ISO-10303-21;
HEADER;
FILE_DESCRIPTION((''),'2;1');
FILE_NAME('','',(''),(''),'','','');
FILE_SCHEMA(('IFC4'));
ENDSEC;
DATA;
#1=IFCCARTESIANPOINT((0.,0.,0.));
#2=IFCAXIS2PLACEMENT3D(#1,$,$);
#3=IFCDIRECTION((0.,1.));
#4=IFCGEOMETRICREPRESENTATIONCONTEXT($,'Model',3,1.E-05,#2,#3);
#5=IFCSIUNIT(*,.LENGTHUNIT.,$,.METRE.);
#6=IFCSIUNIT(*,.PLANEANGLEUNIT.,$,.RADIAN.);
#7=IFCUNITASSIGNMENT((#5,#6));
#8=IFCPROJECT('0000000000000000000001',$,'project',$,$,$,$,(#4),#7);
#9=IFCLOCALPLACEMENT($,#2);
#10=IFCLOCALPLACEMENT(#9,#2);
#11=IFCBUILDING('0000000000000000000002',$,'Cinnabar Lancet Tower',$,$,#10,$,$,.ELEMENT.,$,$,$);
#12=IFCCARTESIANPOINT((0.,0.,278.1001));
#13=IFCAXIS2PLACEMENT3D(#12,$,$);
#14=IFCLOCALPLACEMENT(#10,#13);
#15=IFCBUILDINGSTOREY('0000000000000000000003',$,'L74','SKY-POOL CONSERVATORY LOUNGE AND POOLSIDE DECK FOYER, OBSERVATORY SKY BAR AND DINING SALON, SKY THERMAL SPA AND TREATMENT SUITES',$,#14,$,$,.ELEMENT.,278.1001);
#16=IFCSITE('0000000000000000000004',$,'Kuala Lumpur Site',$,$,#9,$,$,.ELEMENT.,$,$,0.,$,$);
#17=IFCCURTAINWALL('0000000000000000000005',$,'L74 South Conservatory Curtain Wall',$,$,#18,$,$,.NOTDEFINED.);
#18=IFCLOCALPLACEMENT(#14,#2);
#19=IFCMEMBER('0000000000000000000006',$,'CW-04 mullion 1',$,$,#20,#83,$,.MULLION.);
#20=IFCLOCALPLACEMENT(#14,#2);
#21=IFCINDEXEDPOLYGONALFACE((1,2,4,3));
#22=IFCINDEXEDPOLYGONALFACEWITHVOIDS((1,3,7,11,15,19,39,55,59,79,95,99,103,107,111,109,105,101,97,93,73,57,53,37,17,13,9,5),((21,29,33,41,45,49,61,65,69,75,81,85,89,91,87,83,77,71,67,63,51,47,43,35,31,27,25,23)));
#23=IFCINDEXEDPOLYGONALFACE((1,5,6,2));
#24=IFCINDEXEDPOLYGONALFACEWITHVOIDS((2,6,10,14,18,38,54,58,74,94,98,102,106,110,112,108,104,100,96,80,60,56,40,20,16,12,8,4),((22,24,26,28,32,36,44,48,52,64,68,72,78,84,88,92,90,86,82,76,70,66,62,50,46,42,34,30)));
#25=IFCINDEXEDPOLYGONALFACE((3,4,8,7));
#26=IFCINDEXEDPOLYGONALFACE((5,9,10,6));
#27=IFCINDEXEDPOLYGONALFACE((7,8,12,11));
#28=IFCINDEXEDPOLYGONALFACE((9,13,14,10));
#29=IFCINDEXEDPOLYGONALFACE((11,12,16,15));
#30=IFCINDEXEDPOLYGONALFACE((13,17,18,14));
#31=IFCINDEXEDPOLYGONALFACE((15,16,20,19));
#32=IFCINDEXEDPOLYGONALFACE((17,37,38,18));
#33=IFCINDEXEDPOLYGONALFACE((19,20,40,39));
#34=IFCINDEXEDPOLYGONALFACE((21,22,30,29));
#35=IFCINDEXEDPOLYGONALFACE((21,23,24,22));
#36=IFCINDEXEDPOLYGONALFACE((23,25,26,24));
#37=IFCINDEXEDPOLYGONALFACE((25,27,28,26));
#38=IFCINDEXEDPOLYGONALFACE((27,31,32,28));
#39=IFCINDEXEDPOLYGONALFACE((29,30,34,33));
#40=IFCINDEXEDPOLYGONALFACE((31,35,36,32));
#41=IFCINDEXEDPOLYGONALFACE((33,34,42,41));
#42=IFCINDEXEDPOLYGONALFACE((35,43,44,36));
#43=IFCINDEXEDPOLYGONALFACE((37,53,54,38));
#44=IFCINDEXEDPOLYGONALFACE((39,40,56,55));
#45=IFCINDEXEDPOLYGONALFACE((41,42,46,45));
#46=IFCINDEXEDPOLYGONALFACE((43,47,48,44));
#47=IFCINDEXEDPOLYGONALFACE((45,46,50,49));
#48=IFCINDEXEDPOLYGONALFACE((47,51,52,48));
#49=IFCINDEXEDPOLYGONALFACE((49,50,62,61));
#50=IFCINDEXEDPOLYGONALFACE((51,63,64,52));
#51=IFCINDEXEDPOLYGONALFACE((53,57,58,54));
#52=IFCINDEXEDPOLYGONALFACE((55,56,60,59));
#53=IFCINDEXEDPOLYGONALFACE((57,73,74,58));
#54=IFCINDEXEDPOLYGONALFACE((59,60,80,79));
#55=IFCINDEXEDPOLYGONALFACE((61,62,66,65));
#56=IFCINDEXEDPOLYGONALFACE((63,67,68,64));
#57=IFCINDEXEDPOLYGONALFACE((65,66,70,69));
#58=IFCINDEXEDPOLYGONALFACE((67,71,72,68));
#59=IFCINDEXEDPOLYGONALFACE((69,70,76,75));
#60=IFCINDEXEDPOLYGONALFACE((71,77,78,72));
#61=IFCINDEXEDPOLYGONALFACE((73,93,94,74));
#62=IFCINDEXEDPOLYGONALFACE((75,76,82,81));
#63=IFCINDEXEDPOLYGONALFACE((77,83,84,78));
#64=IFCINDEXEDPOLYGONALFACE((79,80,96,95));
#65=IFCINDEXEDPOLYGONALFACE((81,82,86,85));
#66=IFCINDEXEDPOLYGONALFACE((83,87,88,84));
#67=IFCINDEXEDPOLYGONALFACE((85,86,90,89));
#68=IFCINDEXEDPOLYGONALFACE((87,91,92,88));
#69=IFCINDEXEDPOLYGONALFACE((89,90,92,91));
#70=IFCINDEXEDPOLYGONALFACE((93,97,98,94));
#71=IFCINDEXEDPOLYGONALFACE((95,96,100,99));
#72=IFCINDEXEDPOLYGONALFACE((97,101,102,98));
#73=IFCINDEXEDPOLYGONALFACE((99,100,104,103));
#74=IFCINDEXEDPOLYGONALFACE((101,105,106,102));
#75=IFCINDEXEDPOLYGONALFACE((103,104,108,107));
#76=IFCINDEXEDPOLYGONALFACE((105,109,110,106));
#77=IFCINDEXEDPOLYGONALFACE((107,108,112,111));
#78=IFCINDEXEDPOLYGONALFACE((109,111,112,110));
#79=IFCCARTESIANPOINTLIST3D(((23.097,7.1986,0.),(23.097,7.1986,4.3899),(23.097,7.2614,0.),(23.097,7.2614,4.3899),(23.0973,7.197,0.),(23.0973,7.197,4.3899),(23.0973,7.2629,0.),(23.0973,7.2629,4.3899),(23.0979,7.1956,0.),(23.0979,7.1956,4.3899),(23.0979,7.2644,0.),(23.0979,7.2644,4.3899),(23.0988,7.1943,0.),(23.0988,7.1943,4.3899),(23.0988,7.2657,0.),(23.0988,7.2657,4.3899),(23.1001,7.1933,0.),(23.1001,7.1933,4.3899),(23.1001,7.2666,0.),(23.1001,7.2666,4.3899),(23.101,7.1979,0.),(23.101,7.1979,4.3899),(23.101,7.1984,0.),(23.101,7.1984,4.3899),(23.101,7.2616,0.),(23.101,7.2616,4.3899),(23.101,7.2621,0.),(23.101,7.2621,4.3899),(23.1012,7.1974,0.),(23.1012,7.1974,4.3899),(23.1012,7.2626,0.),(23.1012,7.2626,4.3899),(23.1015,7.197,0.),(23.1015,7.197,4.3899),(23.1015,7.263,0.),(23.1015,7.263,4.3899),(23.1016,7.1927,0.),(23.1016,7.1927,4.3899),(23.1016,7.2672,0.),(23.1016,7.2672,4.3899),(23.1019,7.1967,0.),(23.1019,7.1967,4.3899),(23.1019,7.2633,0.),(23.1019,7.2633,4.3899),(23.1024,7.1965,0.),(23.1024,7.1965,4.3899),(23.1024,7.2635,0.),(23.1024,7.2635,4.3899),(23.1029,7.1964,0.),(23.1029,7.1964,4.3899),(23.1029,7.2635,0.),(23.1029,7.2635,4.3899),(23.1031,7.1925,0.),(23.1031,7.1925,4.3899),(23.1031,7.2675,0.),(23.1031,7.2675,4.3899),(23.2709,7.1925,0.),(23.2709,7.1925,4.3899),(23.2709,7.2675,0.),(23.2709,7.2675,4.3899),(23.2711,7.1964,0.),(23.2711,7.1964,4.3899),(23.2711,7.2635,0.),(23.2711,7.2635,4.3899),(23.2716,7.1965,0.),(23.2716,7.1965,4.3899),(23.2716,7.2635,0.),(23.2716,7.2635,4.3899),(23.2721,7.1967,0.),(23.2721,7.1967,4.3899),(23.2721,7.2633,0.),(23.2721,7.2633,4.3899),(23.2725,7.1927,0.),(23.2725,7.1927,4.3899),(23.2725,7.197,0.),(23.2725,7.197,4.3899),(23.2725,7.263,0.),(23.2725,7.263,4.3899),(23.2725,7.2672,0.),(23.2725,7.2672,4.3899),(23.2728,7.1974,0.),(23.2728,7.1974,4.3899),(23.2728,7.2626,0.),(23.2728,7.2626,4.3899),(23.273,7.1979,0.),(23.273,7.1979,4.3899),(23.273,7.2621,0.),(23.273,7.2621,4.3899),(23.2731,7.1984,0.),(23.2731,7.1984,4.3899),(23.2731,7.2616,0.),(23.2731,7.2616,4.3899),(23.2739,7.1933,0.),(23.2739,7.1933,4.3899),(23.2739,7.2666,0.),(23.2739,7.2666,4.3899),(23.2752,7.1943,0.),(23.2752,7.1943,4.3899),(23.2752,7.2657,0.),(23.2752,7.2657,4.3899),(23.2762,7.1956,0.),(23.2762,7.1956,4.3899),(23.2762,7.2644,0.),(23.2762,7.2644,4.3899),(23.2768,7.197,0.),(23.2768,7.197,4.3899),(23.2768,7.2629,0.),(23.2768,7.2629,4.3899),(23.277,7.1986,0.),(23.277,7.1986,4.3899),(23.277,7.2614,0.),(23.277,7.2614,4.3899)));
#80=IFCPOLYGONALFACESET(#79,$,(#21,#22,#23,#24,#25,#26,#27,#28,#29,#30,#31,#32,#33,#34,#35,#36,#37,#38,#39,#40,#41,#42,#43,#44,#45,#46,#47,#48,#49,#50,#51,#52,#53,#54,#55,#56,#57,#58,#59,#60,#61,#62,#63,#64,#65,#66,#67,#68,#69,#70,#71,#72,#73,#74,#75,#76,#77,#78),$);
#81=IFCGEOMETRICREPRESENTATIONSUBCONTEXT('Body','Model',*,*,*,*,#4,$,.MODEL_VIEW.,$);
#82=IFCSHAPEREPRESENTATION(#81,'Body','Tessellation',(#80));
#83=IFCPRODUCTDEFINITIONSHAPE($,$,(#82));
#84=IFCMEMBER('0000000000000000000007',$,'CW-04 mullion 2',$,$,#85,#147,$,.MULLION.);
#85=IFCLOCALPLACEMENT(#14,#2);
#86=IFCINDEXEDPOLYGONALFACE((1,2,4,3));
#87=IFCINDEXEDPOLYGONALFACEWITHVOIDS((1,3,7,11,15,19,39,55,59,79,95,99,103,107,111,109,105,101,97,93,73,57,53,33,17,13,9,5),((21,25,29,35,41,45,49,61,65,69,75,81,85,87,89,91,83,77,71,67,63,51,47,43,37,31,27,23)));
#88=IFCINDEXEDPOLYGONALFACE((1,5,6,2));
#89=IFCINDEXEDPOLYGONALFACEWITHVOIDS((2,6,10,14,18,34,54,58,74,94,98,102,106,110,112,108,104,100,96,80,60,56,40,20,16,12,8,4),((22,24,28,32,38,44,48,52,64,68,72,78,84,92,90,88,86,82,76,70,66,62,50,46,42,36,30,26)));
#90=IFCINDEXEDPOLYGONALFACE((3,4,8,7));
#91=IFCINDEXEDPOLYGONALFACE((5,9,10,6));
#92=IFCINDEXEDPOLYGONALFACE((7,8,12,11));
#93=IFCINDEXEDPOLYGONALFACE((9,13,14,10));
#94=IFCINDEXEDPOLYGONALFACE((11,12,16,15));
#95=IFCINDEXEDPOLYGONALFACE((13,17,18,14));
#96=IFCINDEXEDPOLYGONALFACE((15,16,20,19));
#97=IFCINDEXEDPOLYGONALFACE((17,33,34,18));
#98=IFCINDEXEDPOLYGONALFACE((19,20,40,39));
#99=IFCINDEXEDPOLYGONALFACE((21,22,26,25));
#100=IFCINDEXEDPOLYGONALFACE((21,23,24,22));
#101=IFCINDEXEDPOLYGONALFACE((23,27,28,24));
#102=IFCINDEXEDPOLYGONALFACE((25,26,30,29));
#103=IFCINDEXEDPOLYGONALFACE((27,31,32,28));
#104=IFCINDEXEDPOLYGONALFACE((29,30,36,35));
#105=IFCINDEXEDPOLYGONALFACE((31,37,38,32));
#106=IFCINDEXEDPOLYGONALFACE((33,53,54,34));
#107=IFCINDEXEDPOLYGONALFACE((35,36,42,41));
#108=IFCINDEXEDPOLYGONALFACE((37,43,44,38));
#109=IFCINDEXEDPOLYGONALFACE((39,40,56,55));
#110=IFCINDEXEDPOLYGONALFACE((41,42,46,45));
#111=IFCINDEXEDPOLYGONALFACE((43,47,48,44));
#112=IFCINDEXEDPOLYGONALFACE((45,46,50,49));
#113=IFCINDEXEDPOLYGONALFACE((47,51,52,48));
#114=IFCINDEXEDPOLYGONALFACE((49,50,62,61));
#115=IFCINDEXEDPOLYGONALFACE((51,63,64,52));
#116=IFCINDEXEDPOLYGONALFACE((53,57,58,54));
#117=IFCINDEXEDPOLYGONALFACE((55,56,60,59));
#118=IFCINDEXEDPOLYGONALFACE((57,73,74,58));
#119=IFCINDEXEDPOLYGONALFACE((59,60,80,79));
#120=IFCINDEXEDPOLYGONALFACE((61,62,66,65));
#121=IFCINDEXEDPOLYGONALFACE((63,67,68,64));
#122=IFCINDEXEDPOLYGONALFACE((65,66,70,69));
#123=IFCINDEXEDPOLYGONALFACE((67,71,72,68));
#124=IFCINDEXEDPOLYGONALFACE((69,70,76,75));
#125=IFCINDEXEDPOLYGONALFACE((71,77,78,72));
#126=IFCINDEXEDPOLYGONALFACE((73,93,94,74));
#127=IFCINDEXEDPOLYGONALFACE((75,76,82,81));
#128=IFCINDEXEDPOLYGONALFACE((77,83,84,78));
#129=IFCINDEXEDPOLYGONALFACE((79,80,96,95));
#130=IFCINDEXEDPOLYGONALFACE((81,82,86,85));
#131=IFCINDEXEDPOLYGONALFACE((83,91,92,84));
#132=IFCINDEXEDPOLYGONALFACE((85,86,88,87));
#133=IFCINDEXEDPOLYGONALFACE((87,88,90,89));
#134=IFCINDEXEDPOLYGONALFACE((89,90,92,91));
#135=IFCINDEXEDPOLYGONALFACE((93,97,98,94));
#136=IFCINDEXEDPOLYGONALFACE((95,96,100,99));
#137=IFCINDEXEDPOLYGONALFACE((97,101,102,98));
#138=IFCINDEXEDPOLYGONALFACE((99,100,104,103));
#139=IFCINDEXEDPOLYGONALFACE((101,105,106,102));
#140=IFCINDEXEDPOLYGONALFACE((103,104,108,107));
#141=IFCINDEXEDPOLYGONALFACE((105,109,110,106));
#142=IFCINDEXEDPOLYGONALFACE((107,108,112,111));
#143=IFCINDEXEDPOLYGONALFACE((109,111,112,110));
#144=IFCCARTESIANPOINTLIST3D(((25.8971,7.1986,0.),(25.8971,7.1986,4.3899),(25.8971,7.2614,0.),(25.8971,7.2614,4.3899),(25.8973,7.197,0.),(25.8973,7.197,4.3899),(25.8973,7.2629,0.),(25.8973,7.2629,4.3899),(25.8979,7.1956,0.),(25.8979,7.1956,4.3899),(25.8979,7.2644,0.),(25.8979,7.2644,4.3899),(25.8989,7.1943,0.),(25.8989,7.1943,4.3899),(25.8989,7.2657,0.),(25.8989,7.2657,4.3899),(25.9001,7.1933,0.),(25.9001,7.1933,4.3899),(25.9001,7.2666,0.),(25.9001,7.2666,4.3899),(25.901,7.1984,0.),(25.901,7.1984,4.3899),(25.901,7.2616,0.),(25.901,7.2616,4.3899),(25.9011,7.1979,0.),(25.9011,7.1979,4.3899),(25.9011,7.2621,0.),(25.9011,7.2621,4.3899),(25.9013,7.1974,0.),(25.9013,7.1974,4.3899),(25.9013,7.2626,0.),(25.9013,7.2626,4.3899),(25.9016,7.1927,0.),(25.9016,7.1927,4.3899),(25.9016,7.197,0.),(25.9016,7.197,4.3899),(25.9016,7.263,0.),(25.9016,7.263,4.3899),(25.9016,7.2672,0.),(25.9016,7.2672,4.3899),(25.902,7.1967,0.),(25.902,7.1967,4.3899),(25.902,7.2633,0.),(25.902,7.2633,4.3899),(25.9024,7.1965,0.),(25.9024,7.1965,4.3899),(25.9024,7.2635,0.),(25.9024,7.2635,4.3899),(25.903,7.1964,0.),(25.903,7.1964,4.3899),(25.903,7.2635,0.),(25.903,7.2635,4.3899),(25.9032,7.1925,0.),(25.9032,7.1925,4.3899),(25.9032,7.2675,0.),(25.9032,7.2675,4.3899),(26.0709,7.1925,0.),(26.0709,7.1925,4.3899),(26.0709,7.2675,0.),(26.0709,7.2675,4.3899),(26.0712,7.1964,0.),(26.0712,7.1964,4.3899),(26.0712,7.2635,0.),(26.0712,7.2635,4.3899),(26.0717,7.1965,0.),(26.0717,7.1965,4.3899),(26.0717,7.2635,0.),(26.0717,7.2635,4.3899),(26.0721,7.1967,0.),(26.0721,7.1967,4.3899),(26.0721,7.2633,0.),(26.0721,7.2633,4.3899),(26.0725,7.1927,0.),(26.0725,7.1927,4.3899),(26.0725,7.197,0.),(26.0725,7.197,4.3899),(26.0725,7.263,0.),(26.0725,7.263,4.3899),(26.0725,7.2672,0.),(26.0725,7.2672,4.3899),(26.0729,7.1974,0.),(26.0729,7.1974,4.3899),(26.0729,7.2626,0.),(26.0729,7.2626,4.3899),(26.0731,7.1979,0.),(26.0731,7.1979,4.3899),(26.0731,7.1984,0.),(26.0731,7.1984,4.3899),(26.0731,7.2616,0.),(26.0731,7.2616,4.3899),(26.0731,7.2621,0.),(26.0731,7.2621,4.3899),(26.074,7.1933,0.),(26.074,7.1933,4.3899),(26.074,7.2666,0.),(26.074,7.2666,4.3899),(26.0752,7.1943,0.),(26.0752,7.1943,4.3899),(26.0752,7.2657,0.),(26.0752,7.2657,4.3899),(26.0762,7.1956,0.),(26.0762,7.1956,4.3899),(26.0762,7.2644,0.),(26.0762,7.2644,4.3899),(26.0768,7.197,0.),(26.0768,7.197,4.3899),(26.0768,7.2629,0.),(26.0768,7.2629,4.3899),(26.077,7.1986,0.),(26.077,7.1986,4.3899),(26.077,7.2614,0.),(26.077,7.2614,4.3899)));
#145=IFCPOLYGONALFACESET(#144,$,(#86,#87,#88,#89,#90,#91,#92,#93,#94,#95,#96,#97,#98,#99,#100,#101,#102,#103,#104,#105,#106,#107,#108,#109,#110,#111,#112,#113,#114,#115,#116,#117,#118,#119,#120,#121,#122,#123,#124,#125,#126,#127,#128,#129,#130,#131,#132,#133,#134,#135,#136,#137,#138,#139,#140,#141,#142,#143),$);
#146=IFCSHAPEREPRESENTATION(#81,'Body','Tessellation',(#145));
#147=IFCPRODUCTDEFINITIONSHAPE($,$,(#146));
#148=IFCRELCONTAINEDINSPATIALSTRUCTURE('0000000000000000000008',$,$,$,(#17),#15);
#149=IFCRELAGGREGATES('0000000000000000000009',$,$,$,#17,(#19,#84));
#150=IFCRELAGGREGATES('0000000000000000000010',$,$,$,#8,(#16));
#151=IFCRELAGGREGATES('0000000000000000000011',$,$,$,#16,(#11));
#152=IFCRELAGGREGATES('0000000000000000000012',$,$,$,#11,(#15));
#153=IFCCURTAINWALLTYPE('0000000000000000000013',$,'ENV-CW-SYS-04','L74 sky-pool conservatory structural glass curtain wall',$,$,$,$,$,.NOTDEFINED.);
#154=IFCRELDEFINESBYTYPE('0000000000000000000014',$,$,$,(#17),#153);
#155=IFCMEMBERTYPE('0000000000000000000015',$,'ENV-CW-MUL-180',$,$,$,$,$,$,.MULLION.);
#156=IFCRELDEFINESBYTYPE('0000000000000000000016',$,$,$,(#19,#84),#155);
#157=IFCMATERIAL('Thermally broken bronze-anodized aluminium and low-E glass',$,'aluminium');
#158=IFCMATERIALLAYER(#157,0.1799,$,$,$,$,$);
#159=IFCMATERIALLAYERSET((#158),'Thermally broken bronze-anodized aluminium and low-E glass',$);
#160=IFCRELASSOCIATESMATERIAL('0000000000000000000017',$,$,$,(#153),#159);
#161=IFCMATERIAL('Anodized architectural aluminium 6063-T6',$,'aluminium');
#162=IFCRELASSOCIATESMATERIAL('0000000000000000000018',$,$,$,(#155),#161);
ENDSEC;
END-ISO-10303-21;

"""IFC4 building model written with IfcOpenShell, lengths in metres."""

from ifc_helpers import new_model, si_unit, direction, frame, origin, origin_2d, place, context, subcontext, project, spatial, hollow_rectangle, extrude, material, layer, layer_set, material_profile, profile_set, type_object, element, aggregate, save


model = new_model("IFC4")

# Units and contexts
model_context = context("Model", 3, precision=1e-05, world=origin(), true_north=direction((0.0, 1.0)))
body_context = subcontext(model_context, "Body", "Model", "MODEL_VIEW")
ifc_project = project(units=[si_unit("LENGTHUNIT", "METRE"), si_unit("PLANEANGLEUNIT", "RADIAN")], contexts=[model_context])

# Site, building, storey
site_placement = place(None, origin())
site = spatial("IfcSite", under=ifc_project, at=site_placement, Name="Kuala Lumpur Site", CompositionType="ELEMENT", RefElevation=0.0)
building_placement = place(site_placement, origin())
building = spatial("IfcBuilding", under=site, at=building_placement, Name="Cinnabar Lancet Tower", CompositionType="ELEMENT")
storey_placement = place(building_placement, frame((0.0, 0.0, 278.1001)))
storey = spatial("IfcBuildingStorey", under=building, at=storey_placement, Name="L74", Description="SKY-POOL CONSERVATORY LOUNGE AND POOLSIDE DECK FOYER, OBSERVATORY SKY BAR AND DINING SALON, SKY THERMAL SPA AND TREATMENT SUITES", CompositionType="ELEMENT", Elevation=278.1001)

# Curtain wall, members
ifc_material_1 = material(Name="Thermally broken bronze-anodized aluminium and low-E glass", Category="aluminium")
ifc_layer_1 = layer(ifc_material_1, 0.1799)
ifc_layer_set_1 = layer_set([ifc_layer_1], Name="Thermally broken bronze-anodized aluminium and low-E glass")
curtain_wall_type = type_object("IfcCurtainWallType", Name="ENV-CW-SYS-04", Description="L74 sky-pool conservatory structural glass curtain wall", PredefinedType="NOTDEFINED", material=ifc_layer_set_1)
curtain_wall_placement = place(storey_placement, origin())
curtain_wall = element("IfcCurtainWall", 1, at=curtain_wall_placement, inside=storey, type_object=curtain_wall_type, Name="L74 South Conservatory Curtain Wall", PredefinedType="NOTDEFINED")
ifc_material_2 = material(Name="Anodized architectural aluminium 6063-T6", Category="aluminium")
ifc_material_profile_1 = material_profile(ifc_material_2, hollow_rectangle(XDim=0.075, YDim=0.1799, WallThickness=0.0039, InnerFilletRadius=0.002, OuterFilletRadius=0.0061, at=origin_2d()), Name="CW-MUL 180x75x4")
ifc_profile_set_1 = profile_set([ifc_material_profile_1], Name="Anodized architectural aluminium 6063-T6")
member_type_1 = type_object("IfcMemberType", Name="ENV-CW-MUL-180", PredefinedType="MULLION", material=ifc_profile_set_1)
member_1_placement = place(storey_placement, frame((23.187, 7.23, 0.0), z_axis=(0.0, 0.0, 1.0), x_axis=(0.0, 1.0, 0.0)))
member_1 = element("IfcMember", 2, at=member_1_placement, type_object=member_type_1, Name="CW-04 mullion 1", PredefinedType="MULLION", context=body_context, shape_type="SweptSolid", body=[
    extrude(hollow_rectangle(XDim=0.075, YDim=0.1799, WallThickness=0.0039, InnerFilletRadius=0.002, OuterFilletRadius=0.0061, at=origin_2d()), origin(), (0.0, 0.0, 1.0), 4.3899),
])
member_2_placement = place(storey_placement, frame((25.9871, 7.23, 0.0), z_axis=(0.0, 0.0, 1.0), x_axis=(0.0, 1.0, 0.0)))
member_2 = element("IfcMember", 3, at=member_2_placement, type_object=member_type_1, Name="CW-04 mullion 2", PredefinedType="MULLION", context=body_context, shape_type="SweptSolid", body=[
    extrude(hollow_rectangle(XDim=0.075, YDim=0.1799, WallThickness=0.0039, InnerFilletRadius=0.002, OuterFilletRadius=0.0061, at=origin_2d()), origin(), (0.0, 0.0, 1.0), 4.3899),
])

aggregate(curtain_wall, [member_1, member_2])

save(model, "model.ifc")
